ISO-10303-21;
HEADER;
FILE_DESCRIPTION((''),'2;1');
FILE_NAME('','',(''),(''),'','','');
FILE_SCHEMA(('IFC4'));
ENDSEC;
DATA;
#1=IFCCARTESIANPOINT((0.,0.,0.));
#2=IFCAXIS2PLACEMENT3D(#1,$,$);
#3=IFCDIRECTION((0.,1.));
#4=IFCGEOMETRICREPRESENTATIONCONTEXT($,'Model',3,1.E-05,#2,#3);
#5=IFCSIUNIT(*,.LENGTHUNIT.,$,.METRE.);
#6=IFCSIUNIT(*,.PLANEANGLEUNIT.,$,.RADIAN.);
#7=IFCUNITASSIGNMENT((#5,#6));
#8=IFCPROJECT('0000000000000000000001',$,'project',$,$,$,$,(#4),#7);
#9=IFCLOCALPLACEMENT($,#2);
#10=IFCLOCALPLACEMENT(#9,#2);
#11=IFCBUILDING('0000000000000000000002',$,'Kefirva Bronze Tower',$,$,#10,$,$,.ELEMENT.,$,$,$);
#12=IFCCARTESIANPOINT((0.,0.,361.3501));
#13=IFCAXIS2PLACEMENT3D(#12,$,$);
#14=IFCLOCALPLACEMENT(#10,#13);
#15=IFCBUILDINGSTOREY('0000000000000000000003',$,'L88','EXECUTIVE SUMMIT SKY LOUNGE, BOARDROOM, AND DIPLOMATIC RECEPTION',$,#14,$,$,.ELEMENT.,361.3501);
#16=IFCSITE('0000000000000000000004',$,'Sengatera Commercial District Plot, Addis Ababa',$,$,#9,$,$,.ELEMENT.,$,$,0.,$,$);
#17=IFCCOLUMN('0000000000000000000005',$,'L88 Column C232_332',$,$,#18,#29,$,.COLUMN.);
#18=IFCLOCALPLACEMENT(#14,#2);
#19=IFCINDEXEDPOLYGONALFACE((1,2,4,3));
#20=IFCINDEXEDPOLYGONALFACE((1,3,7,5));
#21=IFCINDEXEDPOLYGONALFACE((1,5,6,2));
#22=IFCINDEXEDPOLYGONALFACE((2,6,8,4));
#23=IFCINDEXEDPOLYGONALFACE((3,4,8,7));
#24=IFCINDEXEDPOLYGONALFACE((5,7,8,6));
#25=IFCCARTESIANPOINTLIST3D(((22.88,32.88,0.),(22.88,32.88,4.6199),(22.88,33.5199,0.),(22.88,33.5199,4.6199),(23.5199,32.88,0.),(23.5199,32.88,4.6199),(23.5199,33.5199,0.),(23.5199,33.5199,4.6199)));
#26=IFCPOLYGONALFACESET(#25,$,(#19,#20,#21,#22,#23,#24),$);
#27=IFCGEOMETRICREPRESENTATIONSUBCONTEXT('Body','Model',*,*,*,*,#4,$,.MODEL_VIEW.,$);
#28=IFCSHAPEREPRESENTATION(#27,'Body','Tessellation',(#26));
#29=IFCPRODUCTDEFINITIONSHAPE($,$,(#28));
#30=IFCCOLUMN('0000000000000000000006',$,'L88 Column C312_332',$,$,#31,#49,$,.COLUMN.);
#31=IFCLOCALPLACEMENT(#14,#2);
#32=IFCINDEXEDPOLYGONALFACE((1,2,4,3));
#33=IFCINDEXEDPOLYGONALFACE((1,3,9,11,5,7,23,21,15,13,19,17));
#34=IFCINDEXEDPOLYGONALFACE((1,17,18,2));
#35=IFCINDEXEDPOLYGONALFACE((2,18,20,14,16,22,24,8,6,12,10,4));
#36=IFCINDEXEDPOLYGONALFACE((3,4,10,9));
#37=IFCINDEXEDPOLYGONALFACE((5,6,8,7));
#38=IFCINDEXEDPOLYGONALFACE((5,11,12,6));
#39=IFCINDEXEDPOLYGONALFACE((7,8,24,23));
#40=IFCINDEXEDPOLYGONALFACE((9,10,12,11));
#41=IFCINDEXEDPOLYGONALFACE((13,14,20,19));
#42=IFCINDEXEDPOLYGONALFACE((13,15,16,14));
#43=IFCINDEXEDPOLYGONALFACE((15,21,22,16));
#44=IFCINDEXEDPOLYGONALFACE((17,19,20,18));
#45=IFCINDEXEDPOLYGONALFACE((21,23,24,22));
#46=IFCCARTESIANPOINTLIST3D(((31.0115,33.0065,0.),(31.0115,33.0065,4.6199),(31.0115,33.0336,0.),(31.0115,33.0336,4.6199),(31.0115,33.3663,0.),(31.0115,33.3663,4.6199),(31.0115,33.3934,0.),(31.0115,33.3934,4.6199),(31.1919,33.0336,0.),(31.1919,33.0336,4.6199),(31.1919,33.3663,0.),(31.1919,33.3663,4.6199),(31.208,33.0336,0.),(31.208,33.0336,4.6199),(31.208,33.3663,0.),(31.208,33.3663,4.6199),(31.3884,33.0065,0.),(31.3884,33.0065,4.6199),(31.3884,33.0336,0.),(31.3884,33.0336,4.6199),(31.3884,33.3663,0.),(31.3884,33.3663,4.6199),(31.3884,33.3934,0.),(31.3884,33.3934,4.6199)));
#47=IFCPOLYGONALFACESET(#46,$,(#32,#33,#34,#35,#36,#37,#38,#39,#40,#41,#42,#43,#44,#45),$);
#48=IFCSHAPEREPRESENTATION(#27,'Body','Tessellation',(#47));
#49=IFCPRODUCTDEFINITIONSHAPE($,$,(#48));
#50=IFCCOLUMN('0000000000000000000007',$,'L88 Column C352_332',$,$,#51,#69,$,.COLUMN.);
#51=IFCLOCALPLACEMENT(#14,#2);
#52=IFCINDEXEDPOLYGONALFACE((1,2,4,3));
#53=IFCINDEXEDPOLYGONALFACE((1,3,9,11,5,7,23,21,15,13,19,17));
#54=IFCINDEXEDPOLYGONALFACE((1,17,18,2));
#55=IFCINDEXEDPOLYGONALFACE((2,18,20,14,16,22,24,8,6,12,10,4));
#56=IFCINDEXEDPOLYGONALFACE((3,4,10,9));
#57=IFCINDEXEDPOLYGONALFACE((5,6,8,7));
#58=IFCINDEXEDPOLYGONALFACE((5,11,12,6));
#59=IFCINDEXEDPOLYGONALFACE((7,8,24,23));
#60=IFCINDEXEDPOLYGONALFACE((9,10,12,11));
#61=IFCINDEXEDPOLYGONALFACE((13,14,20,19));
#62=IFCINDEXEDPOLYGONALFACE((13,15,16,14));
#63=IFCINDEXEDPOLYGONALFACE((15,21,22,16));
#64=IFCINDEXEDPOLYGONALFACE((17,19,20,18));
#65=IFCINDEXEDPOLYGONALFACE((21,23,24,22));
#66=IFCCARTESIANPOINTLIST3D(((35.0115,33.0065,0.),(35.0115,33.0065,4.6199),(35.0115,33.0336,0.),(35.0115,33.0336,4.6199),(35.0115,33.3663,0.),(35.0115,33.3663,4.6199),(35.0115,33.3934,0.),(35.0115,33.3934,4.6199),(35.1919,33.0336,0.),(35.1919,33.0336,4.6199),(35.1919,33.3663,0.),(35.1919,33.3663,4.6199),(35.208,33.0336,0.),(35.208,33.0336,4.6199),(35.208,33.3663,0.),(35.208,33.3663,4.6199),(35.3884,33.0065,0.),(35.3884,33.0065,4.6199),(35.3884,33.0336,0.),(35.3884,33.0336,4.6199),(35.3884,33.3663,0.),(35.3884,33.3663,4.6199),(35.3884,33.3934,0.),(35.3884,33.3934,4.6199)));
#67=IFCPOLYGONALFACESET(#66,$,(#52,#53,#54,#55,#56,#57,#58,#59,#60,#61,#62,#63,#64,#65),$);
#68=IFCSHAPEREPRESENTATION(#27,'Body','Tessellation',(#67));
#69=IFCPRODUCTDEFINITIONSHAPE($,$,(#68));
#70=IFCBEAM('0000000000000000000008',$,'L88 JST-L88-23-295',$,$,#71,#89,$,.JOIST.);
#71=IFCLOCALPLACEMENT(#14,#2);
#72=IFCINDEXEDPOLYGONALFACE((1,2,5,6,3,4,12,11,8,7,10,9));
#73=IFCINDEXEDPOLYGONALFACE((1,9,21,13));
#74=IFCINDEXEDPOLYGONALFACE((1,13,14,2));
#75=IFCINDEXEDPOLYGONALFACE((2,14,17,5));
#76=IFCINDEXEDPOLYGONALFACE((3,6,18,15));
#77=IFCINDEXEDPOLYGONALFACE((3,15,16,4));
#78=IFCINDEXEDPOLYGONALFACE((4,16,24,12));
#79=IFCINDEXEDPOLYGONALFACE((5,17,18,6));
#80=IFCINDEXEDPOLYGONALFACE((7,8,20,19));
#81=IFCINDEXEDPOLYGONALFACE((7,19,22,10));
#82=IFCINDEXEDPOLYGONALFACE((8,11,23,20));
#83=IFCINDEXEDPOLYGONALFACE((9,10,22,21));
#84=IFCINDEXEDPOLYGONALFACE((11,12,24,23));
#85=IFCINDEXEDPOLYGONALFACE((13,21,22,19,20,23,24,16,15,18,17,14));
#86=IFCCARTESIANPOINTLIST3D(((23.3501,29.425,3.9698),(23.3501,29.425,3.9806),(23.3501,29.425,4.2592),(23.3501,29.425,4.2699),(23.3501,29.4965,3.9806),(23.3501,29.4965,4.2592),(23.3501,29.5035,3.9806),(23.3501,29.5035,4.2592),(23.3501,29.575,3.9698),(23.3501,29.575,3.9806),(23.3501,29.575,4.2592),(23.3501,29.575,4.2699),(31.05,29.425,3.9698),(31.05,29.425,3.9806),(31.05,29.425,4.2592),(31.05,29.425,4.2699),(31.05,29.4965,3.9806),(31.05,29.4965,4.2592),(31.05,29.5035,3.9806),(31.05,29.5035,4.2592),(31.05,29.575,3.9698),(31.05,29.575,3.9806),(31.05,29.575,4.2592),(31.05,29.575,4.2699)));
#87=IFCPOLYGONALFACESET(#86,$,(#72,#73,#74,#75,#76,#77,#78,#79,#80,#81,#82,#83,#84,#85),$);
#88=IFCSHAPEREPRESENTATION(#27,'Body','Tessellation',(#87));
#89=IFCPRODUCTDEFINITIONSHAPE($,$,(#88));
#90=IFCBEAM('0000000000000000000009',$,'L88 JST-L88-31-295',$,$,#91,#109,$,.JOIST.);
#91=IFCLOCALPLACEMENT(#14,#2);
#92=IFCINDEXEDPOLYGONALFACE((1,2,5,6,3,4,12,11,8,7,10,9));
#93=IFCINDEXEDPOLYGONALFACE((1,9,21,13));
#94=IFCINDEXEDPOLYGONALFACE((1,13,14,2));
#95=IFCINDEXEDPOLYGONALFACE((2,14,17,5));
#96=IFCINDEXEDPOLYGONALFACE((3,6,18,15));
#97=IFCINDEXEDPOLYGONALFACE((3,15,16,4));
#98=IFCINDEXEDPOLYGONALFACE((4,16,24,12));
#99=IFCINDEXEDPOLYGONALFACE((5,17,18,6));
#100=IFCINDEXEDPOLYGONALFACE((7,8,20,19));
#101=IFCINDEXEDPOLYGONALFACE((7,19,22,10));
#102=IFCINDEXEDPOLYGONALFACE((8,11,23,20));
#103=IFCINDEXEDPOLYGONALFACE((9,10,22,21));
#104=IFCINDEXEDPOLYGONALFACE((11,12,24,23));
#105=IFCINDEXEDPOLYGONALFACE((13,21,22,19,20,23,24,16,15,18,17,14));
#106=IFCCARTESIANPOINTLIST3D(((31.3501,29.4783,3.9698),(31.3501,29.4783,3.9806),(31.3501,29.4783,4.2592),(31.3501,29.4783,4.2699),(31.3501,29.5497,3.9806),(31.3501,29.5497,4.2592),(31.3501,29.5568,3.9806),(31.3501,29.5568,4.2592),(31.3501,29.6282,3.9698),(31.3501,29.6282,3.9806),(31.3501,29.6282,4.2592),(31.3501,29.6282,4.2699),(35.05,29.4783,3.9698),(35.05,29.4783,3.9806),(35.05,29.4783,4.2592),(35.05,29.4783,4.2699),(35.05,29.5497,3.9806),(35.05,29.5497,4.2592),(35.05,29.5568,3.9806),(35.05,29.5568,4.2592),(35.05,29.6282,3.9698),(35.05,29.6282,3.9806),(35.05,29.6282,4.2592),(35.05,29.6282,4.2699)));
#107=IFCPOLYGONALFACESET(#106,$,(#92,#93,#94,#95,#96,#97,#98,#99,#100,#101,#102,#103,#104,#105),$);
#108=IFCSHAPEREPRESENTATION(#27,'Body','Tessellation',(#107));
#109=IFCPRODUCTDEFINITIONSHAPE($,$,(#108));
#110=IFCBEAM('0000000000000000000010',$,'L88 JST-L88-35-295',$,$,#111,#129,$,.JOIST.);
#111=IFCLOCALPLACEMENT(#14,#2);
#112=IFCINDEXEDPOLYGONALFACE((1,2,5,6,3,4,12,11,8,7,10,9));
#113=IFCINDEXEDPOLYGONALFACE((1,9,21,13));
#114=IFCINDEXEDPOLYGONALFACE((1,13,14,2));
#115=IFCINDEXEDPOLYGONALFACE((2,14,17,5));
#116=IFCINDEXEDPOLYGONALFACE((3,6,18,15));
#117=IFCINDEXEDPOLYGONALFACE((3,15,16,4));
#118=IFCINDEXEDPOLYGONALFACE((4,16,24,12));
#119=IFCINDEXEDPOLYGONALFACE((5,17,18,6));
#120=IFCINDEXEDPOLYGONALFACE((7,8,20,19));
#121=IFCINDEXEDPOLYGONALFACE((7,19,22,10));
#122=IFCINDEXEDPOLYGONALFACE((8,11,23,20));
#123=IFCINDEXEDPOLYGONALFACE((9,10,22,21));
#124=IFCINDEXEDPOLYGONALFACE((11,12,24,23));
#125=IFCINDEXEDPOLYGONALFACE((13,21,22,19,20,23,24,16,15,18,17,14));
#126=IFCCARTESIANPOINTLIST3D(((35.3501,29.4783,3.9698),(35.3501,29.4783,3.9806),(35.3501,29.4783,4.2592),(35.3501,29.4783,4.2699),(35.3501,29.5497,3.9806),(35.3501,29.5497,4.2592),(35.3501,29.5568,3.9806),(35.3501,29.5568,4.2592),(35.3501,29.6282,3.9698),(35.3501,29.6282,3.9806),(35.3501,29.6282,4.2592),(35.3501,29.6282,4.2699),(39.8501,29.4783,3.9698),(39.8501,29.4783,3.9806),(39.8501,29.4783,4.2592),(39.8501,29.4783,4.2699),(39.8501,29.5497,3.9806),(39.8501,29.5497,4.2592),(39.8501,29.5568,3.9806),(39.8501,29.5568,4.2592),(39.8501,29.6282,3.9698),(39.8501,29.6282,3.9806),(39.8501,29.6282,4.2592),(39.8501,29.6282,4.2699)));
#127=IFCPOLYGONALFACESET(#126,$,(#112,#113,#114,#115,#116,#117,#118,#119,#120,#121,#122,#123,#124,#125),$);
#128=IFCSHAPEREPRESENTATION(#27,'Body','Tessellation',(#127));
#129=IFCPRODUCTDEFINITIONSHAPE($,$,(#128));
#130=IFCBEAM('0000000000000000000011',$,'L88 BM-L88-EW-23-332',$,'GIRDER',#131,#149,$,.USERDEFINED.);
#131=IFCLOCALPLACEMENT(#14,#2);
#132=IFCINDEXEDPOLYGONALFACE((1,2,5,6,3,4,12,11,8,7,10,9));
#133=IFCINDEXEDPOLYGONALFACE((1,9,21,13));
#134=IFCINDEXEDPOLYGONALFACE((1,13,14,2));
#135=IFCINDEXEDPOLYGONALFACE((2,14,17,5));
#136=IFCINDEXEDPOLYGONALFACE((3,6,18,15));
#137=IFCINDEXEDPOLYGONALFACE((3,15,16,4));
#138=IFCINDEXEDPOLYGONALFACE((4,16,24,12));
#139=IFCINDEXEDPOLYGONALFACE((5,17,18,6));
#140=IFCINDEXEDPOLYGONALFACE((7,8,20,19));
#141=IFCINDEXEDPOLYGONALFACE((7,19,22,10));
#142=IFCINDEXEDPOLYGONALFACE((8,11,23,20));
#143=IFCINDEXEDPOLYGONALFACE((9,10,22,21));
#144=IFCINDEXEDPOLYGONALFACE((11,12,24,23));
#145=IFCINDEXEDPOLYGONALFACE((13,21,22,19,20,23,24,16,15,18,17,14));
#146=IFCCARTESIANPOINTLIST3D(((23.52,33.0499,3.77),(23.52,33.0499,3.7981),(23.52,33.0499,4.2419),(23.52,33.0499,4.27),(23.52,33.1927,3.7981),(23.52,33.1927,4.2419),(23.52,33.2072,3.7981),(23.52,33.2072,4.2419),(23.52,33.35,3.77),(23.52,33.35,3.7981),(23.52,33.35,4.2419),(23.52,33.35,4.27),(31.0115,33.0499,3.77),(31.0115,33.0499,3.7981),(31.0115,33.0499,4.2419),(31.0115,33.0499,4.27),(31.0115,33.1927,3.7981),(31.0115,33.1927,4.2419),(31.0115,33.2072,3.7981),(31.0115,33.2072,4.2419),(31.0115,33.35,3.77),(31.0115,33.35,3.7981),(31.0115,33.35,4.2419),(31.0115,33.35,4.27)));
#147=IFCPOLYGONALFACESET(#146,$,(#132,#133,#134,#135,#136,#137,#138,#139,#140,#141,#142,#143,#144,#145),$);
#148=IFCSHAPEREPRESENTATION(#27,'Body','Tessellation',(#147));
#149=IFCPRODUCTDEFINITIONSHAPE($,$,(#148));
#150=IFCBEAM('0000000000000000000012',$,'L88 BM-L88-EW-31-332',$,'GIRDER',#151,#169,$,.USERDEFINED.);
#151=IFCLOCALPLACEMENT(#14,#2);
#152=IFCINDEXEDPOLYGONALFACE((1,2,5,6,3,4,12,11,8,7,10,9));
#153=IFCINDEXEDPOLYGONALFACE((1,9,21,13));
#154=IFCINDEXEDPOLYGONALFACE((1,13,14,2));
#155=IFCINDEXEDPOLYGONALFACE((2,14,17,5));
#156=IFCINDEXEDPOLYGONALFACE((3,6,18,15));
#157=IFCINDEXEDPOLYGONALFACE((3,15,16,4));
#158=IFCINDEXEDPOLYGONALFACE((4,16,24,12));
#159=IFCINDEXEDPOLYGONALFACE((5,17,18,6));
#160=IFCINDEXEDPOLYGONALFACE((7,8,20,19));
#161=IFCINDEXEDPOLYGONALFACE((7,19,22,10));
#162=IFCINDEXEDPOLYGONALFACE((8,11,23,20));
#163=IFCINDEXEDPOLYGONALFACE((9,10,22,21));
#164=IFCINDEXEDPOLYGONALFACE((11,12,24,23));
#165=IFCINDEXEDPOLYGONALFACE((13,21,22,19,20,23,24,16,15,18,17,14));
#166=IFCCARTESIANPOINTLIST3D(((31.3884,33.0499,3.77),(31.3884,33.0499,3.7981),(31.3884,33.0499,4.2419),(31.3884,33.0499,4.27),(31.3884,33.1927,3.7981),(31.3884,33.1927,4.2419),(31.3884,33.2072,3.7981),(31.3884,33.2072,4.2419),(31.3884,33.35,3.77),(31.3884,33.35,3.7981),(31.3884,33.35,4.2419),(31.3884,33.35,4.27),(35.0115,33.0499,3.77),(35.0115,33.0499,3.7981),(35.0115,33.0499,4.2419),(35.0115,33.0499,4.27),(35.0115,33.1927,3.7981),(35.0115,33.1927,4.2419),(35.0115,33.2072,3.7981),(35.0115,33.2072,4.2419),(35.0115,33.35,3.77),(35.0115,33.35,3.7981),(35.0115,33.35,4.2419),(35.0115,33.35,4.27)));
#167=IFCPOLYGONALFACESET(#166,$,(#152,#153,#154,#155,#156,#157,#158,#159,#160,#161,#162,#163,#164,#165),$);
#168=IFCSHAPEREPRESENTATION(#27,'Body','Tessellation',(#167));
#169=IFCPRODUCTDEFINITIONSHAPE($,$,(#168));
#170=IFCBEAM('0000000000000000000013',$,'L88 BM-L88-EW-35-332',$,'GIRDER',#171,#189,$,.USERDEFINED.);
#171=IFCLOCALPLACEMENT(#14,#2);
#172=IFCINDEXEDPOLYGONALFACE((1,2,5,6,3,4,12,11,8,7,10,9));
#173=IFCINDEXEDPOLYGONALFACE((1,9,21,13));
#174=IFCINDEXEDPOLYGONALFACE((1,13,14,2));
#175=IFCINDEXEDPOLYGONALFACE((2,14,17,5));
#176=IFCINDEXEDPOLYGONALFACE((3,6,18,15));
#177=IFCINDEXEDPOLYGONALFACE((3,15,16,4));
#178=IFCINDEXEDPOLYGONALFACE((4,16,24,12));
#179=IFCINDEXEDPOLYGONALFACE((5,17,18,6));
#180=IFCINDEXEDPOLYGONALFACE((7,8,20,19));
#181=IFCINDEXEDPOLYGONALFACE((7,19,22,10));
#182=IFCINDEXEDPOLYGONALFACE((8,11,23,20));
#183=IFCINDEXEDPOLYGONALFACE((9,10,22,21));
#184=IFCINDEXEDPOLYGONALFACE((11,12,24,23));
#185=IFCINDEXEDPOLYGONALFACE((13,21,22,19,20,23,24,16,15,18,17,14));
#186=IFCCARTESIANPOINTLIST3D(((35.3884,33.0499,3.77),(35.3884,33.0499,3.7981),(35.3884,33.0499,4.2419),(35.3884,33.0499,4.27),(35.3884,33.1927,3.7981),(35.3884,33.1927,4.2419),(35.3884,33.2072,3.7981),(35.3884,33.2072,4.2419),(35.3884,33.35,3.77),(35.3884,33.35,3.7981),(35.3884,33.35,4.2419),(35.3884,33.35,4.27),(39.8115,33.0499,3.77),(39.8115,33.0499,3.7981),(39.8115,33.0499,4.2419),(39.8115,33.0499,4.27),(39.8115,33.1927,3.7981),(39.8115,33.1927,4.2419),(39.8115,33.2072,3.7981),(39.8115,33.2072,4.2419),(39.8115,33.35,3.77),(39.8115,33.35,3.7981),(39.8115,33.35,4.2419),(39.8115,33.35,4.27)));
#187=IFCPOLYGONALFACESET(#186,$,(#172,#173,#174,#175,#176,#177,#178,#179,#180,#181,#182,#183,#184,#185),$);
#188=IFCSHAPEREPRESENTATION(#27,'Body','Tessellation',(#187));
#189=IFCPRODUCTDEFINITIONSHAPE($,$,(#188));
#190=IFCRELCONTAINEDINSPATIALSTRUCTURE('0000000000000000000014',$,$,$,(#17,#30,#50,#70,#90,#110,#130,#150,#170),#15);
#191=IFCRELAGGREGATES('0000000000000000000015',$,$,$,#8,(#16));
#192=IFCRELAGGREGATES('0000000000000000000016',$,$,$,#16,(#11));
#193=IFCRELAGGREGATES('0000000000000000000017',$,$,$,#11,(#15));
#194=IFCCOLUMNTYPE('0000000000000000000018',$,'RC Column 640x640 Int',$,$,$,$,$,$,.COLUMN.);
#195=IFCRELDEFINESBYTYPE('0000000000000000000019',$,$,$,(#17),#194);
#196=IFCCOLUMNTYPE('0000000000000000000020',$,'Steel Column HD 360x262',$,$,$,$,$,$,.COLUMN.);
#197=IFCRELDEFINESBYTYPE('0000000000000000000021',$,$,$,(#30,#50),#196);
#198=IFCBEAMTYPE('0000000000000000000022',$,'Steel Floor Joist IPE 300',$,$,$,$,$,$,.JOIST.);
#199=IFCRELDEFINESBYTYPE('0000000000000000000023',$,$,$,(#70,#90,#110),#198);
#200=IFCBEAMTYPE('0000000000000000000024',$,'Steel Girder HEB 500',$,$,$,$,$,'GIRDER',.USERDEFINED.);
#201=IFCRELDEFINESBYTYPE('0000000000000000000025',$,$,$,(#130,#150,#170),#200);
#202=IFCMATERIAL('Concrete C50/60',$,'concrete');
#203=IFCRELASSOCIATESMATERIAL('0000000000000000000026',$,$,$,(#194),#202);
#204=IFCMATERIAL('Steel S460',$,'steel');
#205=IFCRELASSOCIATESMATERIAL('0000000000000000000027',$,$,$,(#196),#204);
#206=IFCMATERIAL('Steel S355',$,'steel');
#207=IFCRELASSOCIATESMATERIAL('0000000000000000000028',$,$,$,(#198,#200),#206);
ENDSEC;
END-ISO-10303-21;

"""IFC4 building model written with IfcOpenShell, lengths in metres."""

from ifc_helpers import new_model, si_unit, direction, frame, origin, origin_2d, place, context, subcontext, project, spatial, rectangle, i_section, extrude, material, material_profile, profile_set, type_object, element, save


model = new_model("IFC4")

# Units and contexts
model_context = context("Model", 3, precision=1e-05, world=origin(), true_north=direction((0.0, 1.0)))
body_context = subcontext(model_context, "Body", "Model", "MODEL_VIEW")
ifc_project = project(units=[si_unit("LENGTHUNIT", "METRE"), si_unit("PLANEANGLEUNIT", "RADIAN")], contexts=[model_context])

# Site, building, storey
site_placement = place(None, origin())
site = spatial("IfcSite", under=ifc_project, at=site_placement, Name="Sengatera Commercial District Plot, Addis Ababa", CompositionType="ELEMENT", RefElevation=0.0)
building_placement = place(site_placement, origin())
building = spatial("IfcBuilding", under=site, at=building_placement, Name="Kefirva Bronze Tower", CompositionType="ELEMENT")
storey_placement = place(building_placement, frame((0.0, 0.0, 361.3501)))
storey = spatial("IfcBuildingStorey", under=building, at=storey_placement, Name="L88", Description="EXECUTIVE SUMMIT SKY LOUNGE, BOARDROOM, AND DIPLOMATIC RECEPTION", CompositionType="ELEMENT", Elevation=361.3501)

# Columns
ifc_material_1 = material(Name="Concrete C50/60", Category="concrete")
ifc_material_profile_1 = material_profile(ifc_material_1, rectangle(XDim=0.6399, YDim=0.6399, at=origin_2d()), Name="RC 640x640")
ifc_profile_set_1 = profile_set([ifc_material_profile_1], Name="Concrete C50/60")
column_type_1 = type_object("IfcColumnType", Name="RC Column 640x640 Int", PredefinedType="COLUMN", material=ifc_profile_set_1)
column_placement = place(storey_placement, frame((23.2, 33.2, 0.0), z_axis=(0.0, 0.0, 1.0), x_axis=(1.0, 0.0, 0.0)))
element("IfcColumn", 1, at=column_placement, inside=storey, type_object=column_type_1, Name="L88 Column C232_332", PredefinedType="COLUMN", context=body_context, shape_type="SweptSolid", body=[
    extrude(rectangle(XDim=0.6399, YDim=0.6399, at=origin_2d()), origin(), (0.0, 0.0, 1.0), 4.6199),
])
ifc_material_2 = material(Name="Steel S460", Category="steel")
ifc_material_profile_2 = material_profile(ifc_material_2, i_section(OverallWidth=0.377, OverallDepth=0.387, WebThickness=0.0161, FlangeThickness=0.0271, at=origin_2d()), Name="HD 360x262")
ifc_profile_set_2 = profile_set([ifc_material_profile_2], Name="Steel S460")
column_type_2 = type_object("IfcColumnType", Name="Steel Column HD 360x262", PredefinedType="COLUMN", material=ifc_profile_set_2)
for number, where, z_axis, x_axis, name in (
    (2, (31.2, 33.2, 0.0), (0.0, 0.0, 1.0), (1.0, 0.0, 0.0), "L88 Column C312_332"),
    (3, (35.2, 33.2, 0.0), (0.0, 0.0, 1.0), (1.0, 0.0, 0.0), "L88 Column C352_332"),
):
    element("IfcColumn", number, at=place(storey_placement, frame(where, z_axis=z_axis, x_axis=x_axis)), inside=storey, type_object=column_type_2, Name=name, PredefinedType="COLUMN", context=body_context, shape_type="SweptSolid", body=[
        extrude(i_section(OverallWidth=0.377, OverallDepth=0.387, WebThickness=0.0161, FlangeThickness=0.0271, at=origin_2d()), origin(), (0.0, 0.0, 1.0), 4.6199),
    ])

# Beams
ifc_material_3 = material(Name="Steel S355", Category="steel")
ifc_material_profile_3 = material_profile(ifc_material_3, i_section(OverallWidth=0.1499, OverallDepth=0.3, WebThickness=0.0071, FlangeThickness=0.0107, at=origin_2d()), Name="IPE 300")
ifc_profile_set_3 = profile_set([ifc_material_profile_3], Name="Steel S355")
beam_type_1 = type_object("IfcBeamType", Name="Steel Floor Joist IPE 300", PredefinedType="JOIST", material=ifc_profile_set_3)
beam_1_placement = place(storey_placement, frame((23.3501, 29.5, 4.1199), z_axis=(1.0, 0.0, 0.0), x_axis=(0.0, 1.0, 0.0)))
element("IfcBeam", 4, at=beam_1_placement, inside=storey, type_object=beam_type_1, Name="L88 JST-L88-23-295", PredefinedType="JOIST", context=body_context, shape_type="SweptSolid", body=[
    extrude(i_section(OverallWidth=0.1499, OverallDepth=0.3, WebThickness=0.0071, FlangeThickness=0.0107, at=origin_2d()), origin(), (0.0, 0.0, 1.0), 7.7),
])
beam_2_placement = place(storey_placement, frame((31.3501, 29.5532, 4.1199), z_axis=(1.0, 0.0, 0.0), x_axis=(0.0, 1.0, 0.0)))
element("IfcBeam", 5, at=beam_2_placement, inside=storey, type_object=beam_type_1, Name="L88 JST-L88-31-295", PredefinedType="JOIST", context=body_context, shape_type="SweptSolid", body=[
    extrude(i_section(OverallWidth=0.1499, OverallDepth=0.3, WebThickness=0.0071, FlangeThickness=0.0107, at=origin_2d()), origin(), (0.0, 0.0, 1.0), 3.7),
])
beam_3_placement = place(storey_placement, frame((35.3501, 29.5532, 4.1199), z_axis=(1.0, 0.0, 0.0), x_axis=(0.0, 1.0, 0.0)))
element("IfcBeam", 6, at=beam_3_placement, inside=storey, type_object=beam_type_1, Name="L88 JST-L88-35-295", PredefinedType="JOIST", context=body_context, shape_type="SweptSolid", body=[
    extrude(i_section(OverallWidth=0.1499, OverallDepth=0.3, WebThickness=0.0071, FlangeThickness=0.0107, at=origin_2d()), origin(), (0.0, 0.0, 1.0), 4.5),
])
ifc_material_profile_4 = material_profile(ifc_material_3, i_section(OverallWidth=0.3, OverallDepth=0.5, WebThickness=0.0144, FlangeThickness=0.0281, at=origin_2d()), Name="HEB 500")
ifc_profile_set_4 = profile_set([ifc_material_profile_4], Name="Steel S355")
beam_type_2 = type_object("IfcBeamType", Name="Steel Girder HEB 500", ElementType="GIRDER", PredefinedType="USERDEFINED", material=ifc_profile_set_4)
beam_4_placement = place(storey_placement, frame((23.52, 33.2, 4.02), z_axis=(1.0, 0.0, 0.0), x_axis=(0.0, 1.0, 0.0)))
element("IfcBeam", 7, at=beam_4_placement, inside=storey, type_object=beam_type_2, Name="L88 BM-L88-EW-23-332", ObjectType="GIRDER", PredefinedType="USERDEFINED", context=body_context, shape_type="SweptSolid", body=[
    extrude(i_section(OverallWidth=0.3, OverallDepth=0.5, WebThickness=0.0144, FlangeThickness=0.0281, at=origin_2d()), origin(), (0.0, 0.0, 1.0), 7.4915),
])
beam_5_placement = place(storey_placement, frame((31.3884, 33.2, 4.02), z_axis=(1.0, 0.0, 0.0), x_axis=(0.0, 1.0, 0.0)))
element("IfcBeam", 8, at=beam_5_placement, inside=storey, type_object=beam_type_2, Name="L88 BM-L88-EW-31-332", ObjectType="GIRDER", PredefinedType="USERDEFINED", context=body_context, shape_type="SweptSolid", body=[
    extrude(i_section(OverallWidth=0.3, OverallDepth=0.5, WebThickness=0.0144, FlangeThickness=0.0281, at=origin_2d()), origin(), (0.0, 0.0, 1.0), 3.623),
])
beam_6_placement = place(storey_placement, frame((35.3884, 33.2, 4.02), z_axis=(1.0, 0.0, 0.0), x_axis=(0.0, 1.0, 0.0)))
element("IfcBeam", 9, at=beam_6_placement, inside=storey, type_object=beam_type_2, Name="L88 BM-L88-EW-35-332", ObjectType="GIRDER", PredefinedType="USERDEFINED", context=body_context, shape_type="SweptSolid", body=[
    extrude(i_section(OverallWidth=0.3, OverallDepth=0.5, WebThickness=0.0144, FlangeThickness=0.0281, at=origin_2d()), origin(), (0.0, 0.0, 1.0), 4.4231),
])

save(model, "model.ifc")
